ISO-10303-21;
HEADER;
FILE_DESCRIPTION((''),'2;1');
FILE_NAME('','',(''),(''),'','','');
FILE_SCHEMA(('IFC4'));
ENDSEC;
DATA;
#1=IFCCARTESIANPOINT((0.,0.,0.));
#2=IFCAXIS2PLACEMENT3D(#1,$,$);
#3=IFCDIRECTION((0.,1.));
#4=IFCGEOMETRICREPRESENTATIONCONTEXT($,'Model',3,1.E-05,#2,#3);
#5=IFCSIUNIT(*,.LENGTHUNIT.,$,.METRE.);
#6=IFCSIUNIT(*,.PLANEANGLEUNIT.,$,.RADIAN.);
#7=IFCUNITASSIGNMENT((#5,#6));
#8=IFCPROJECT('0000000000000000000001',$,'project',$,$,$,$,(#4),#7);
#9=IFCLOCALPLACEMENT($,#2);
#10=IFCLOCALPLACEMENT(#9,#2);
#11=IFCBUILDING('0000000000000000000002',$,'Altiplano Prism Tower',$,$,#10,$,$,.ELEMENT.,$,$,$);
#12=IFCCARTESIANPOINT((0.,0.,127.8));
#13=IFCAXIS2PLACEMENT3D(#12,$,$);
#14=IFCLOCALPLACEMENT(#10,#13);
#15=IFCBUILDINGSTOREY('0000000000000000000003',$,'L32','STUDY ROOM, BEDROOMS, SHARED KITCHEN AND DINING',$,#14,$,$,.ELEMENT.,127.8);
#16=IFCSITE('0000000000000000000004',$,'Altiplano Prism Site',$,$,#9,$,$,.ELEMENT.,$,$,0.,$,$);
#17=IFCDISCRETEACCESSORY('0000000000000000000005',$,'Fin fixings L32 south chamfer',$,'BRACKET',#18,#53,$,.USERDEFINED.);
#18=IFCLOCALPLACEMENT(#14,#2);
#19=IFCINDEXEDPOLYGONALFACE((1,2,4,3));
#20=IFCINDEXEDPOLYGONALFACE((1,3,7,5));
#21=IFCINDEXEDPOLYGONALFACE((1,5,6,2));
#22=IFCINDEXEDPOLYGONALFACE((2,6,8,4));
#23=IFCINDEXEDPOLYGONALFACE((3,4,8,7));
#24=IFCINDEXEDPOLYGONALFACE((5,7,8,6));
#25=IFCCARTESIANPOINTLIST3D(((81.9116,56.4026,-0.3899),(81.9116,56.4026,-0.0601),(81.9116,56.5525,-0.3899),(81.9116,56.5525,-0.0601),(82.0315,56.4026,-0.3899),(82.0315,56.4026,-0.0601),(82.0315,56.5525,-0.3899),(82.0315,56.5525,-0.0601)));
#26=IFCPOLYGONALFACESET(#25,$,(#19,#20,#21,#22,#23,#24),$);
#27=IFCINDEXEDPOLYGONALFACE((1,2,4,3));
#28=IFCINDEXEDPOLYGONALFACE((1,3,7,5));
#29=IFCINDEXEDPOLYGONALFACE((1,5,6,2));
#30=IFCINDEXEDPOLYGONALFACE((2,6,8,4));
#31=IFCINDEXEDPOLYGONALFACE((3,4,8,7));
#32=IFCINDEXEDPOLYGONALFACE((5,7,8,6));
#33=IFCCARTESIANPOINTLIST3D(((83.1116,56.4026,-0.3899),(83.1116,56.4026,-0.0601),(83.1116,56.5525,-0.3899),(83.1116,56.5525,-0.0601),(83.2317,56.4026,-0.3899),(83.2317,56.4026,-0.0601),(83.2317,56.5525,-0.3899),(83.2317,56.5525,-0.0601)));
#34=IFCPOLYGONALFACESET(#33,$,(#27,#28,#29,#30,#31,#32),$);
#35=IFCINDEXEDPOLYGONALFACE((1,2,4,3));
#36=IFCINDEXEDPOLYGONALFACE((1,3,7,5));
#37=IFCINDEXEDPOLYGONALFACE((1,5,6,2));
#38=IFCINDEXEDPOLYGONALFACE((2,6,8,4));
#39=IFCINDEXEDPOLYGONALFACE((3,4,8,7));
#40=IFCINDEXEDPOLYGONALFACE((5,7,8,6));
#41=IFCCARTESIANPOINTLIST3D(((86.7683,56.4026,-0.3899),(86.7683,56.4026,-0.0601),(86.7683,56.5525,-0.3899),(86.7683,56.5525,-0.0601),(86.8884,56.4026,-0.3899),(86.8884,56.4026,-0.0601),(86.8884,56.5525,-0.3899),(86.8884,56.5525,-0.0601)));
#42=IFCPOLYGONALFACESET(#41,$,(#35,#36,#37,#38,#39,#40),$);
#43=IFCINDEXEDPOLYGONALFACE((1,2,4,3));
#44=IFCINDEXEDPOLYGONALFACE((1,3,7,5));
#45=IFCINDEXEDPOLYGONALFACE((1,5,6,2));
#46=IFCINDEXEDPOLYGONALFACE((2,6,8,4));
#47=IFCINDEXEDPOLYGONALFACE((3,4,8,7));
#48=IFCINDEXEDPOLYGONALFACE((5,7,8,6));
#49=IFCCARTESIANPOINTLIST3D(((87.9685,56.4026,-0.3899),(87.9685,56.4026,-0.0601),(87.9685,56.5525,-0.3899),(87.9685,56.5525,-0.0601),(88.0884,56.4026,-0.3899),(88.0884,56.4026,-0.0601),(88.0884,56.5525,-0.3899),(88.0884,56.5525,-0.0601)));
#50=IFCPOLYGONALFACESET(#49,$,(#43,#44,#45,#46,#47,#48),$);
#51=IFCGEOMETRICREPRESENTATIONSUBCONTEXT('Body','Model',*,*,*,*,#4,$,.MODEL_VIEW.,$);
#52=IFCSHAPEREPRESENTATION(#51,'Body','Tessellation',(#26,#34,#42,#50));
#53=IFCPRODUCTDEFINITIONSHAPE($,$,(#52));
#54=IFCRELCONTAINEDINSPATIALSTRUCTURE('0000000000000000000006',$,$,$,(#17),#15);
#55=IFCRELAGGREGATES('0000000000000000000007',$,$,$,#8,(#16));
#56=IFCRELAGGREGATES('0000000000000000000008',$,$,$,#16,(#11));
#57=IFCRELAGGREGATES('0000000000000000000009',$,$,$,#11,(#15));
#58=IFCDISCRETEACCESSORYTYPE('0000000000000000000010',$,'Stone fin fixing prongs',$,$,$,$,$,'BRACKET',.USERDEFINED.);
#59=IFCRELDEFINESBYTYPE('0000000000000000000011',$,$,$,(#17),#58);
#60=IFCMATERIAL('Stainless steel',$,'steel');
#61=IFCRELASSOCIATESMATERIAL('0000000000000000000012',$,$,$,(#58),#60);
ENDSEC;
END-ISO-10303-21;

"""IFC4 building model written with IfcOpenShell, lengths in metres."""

from ifc_helpers import new_model, si_unit, direction, frame, origin, place, context, subcontext, project, spatial, polyline, outline, extrude, source, transform, mapped, material, type_object, element, save


model = new_model("IFC4")

# Units and contexts
model_context = context("Model", 3, precision=1e-05, world=origin(), true_north=direction((0.0, 1.0)))
body_context = subcontext(model_context, "Body", "Model", "MODEL_VIEW")
ifc_project = project(units=[si_unit("LENGTHUNIT", "METRE"), si_unit("PLANEANGLEUNIT", "RADIAN")], contexts=[model_context])

# Site, building, storey
site_placement = place(None, origin())
site = spatial("IfcSite", under=ifc_project, at=site_placement, Name="Altiplano Prism Site", CompositionType="ELEMENT", RefElevation=0.0)
building_placement = place(site_placement, origin())
building = spatial("IfcBuilding", under=site, at=building_placement, Name="Altiplano Prism Tower", CompositionType="ELEMENT")
storey_placement = place(building_placement, frame((0.0, 0.0, 127.8)))
storey = spatial("IfcBuildingStorey", under=building, at=storey_placement, Name="L32", Description="STUDY ROOM, BEDROOMS, SHARED KITCHEN AND DINING", CompositionType="ELEMENT", Elevation=127.8)

# Discrete accessory
ifc_material_1 = material(Name="Stainless steel", Category="steel")
discrete_accessory_type = type_object("IfcDiscreteAccessoryType", Name="Stone fin fixing prongs", ElementType="BRACKET", PredefinedType="USERDEFINED", material=ifc_material_1)
shared_shape_1 = source(origin(), body_context, "Body", "SweptSolid", [
    extrude(outline(polyline([(-3.0884, 0.0601), (-2.9685, 0.0601), (-2.9685, 0.3899), (-3.0884, 0.3899), (-3.0884, 0.0601)])), frame((0.0, 0.0, 0.0), z_axis=(0.0, -1.0, 0.0), x_axis=(1.0, 0.0, 0.0)), (0.0, 0.0, 1.0), 0.1499),
    extrude(outline(polyline([(-1.8884, 0.0601), (-1.7683, 0.0601), (-1.7683, 0.3899), (-1.8884, 0.3899), (-1.8884, 0.0601)])), frame((0.0, 0.0, 0.0), z_axis=(0.0, -1.0, 0.0), x_axis=(1.0, 0.0, 0.0)), (0.0, 0.0, 1.0), 0.1499),
    extrude(outline(polyline([(1.7683, 0.0601), (1.8884, 0.0601), (1.8884, 0.3899), (1.7683, 0.3899), (1.7683, 0.0601)])), frame((0.0, 0.0, 0.0), z_axis=(0.0, -1.0, 0.0), x_axis=(1.0, 0.0, 0.0)), (0.0, 0.0, 1.0), 0.1499),
    extrude(outline(polyline([(2.9685, 0.0601), (3.0884, 0.0601), (3.0884, 0.3899), (2.9685, 0.3899), (2.9685, 0.0601)])), frame((0.0, 0.0, 0.0), z_axis=(0.0, -1.0, 0.0), x_axis=(1.0, 0.0, 0.0)), (0.0, 0.0, 1.0), 0.1499),
])
discrete_accessory_1_placement = place(storey_placement, origin())
element("IfcDiscreteAccessory", 1, at=discrete_accessory_1_placement, inside=storey, type_object=discrete_accessory_type, Name="Fin fixings L32 south chamfer", ObjectType="BRACKET", PredefinedType="USERDEFINED", context=body_context, shape_type="MappedRepresentation", body=[
    mapped(shared_shape_1, transform((85.0, 56.5525, -0.45), x_axis=(1.0, 0.0, 0.0), y_axis=(0.0, 1.0, 0.0), z_axis=(0.0, 0.0, 1.0))),
])

save(model, "model.ifc")
